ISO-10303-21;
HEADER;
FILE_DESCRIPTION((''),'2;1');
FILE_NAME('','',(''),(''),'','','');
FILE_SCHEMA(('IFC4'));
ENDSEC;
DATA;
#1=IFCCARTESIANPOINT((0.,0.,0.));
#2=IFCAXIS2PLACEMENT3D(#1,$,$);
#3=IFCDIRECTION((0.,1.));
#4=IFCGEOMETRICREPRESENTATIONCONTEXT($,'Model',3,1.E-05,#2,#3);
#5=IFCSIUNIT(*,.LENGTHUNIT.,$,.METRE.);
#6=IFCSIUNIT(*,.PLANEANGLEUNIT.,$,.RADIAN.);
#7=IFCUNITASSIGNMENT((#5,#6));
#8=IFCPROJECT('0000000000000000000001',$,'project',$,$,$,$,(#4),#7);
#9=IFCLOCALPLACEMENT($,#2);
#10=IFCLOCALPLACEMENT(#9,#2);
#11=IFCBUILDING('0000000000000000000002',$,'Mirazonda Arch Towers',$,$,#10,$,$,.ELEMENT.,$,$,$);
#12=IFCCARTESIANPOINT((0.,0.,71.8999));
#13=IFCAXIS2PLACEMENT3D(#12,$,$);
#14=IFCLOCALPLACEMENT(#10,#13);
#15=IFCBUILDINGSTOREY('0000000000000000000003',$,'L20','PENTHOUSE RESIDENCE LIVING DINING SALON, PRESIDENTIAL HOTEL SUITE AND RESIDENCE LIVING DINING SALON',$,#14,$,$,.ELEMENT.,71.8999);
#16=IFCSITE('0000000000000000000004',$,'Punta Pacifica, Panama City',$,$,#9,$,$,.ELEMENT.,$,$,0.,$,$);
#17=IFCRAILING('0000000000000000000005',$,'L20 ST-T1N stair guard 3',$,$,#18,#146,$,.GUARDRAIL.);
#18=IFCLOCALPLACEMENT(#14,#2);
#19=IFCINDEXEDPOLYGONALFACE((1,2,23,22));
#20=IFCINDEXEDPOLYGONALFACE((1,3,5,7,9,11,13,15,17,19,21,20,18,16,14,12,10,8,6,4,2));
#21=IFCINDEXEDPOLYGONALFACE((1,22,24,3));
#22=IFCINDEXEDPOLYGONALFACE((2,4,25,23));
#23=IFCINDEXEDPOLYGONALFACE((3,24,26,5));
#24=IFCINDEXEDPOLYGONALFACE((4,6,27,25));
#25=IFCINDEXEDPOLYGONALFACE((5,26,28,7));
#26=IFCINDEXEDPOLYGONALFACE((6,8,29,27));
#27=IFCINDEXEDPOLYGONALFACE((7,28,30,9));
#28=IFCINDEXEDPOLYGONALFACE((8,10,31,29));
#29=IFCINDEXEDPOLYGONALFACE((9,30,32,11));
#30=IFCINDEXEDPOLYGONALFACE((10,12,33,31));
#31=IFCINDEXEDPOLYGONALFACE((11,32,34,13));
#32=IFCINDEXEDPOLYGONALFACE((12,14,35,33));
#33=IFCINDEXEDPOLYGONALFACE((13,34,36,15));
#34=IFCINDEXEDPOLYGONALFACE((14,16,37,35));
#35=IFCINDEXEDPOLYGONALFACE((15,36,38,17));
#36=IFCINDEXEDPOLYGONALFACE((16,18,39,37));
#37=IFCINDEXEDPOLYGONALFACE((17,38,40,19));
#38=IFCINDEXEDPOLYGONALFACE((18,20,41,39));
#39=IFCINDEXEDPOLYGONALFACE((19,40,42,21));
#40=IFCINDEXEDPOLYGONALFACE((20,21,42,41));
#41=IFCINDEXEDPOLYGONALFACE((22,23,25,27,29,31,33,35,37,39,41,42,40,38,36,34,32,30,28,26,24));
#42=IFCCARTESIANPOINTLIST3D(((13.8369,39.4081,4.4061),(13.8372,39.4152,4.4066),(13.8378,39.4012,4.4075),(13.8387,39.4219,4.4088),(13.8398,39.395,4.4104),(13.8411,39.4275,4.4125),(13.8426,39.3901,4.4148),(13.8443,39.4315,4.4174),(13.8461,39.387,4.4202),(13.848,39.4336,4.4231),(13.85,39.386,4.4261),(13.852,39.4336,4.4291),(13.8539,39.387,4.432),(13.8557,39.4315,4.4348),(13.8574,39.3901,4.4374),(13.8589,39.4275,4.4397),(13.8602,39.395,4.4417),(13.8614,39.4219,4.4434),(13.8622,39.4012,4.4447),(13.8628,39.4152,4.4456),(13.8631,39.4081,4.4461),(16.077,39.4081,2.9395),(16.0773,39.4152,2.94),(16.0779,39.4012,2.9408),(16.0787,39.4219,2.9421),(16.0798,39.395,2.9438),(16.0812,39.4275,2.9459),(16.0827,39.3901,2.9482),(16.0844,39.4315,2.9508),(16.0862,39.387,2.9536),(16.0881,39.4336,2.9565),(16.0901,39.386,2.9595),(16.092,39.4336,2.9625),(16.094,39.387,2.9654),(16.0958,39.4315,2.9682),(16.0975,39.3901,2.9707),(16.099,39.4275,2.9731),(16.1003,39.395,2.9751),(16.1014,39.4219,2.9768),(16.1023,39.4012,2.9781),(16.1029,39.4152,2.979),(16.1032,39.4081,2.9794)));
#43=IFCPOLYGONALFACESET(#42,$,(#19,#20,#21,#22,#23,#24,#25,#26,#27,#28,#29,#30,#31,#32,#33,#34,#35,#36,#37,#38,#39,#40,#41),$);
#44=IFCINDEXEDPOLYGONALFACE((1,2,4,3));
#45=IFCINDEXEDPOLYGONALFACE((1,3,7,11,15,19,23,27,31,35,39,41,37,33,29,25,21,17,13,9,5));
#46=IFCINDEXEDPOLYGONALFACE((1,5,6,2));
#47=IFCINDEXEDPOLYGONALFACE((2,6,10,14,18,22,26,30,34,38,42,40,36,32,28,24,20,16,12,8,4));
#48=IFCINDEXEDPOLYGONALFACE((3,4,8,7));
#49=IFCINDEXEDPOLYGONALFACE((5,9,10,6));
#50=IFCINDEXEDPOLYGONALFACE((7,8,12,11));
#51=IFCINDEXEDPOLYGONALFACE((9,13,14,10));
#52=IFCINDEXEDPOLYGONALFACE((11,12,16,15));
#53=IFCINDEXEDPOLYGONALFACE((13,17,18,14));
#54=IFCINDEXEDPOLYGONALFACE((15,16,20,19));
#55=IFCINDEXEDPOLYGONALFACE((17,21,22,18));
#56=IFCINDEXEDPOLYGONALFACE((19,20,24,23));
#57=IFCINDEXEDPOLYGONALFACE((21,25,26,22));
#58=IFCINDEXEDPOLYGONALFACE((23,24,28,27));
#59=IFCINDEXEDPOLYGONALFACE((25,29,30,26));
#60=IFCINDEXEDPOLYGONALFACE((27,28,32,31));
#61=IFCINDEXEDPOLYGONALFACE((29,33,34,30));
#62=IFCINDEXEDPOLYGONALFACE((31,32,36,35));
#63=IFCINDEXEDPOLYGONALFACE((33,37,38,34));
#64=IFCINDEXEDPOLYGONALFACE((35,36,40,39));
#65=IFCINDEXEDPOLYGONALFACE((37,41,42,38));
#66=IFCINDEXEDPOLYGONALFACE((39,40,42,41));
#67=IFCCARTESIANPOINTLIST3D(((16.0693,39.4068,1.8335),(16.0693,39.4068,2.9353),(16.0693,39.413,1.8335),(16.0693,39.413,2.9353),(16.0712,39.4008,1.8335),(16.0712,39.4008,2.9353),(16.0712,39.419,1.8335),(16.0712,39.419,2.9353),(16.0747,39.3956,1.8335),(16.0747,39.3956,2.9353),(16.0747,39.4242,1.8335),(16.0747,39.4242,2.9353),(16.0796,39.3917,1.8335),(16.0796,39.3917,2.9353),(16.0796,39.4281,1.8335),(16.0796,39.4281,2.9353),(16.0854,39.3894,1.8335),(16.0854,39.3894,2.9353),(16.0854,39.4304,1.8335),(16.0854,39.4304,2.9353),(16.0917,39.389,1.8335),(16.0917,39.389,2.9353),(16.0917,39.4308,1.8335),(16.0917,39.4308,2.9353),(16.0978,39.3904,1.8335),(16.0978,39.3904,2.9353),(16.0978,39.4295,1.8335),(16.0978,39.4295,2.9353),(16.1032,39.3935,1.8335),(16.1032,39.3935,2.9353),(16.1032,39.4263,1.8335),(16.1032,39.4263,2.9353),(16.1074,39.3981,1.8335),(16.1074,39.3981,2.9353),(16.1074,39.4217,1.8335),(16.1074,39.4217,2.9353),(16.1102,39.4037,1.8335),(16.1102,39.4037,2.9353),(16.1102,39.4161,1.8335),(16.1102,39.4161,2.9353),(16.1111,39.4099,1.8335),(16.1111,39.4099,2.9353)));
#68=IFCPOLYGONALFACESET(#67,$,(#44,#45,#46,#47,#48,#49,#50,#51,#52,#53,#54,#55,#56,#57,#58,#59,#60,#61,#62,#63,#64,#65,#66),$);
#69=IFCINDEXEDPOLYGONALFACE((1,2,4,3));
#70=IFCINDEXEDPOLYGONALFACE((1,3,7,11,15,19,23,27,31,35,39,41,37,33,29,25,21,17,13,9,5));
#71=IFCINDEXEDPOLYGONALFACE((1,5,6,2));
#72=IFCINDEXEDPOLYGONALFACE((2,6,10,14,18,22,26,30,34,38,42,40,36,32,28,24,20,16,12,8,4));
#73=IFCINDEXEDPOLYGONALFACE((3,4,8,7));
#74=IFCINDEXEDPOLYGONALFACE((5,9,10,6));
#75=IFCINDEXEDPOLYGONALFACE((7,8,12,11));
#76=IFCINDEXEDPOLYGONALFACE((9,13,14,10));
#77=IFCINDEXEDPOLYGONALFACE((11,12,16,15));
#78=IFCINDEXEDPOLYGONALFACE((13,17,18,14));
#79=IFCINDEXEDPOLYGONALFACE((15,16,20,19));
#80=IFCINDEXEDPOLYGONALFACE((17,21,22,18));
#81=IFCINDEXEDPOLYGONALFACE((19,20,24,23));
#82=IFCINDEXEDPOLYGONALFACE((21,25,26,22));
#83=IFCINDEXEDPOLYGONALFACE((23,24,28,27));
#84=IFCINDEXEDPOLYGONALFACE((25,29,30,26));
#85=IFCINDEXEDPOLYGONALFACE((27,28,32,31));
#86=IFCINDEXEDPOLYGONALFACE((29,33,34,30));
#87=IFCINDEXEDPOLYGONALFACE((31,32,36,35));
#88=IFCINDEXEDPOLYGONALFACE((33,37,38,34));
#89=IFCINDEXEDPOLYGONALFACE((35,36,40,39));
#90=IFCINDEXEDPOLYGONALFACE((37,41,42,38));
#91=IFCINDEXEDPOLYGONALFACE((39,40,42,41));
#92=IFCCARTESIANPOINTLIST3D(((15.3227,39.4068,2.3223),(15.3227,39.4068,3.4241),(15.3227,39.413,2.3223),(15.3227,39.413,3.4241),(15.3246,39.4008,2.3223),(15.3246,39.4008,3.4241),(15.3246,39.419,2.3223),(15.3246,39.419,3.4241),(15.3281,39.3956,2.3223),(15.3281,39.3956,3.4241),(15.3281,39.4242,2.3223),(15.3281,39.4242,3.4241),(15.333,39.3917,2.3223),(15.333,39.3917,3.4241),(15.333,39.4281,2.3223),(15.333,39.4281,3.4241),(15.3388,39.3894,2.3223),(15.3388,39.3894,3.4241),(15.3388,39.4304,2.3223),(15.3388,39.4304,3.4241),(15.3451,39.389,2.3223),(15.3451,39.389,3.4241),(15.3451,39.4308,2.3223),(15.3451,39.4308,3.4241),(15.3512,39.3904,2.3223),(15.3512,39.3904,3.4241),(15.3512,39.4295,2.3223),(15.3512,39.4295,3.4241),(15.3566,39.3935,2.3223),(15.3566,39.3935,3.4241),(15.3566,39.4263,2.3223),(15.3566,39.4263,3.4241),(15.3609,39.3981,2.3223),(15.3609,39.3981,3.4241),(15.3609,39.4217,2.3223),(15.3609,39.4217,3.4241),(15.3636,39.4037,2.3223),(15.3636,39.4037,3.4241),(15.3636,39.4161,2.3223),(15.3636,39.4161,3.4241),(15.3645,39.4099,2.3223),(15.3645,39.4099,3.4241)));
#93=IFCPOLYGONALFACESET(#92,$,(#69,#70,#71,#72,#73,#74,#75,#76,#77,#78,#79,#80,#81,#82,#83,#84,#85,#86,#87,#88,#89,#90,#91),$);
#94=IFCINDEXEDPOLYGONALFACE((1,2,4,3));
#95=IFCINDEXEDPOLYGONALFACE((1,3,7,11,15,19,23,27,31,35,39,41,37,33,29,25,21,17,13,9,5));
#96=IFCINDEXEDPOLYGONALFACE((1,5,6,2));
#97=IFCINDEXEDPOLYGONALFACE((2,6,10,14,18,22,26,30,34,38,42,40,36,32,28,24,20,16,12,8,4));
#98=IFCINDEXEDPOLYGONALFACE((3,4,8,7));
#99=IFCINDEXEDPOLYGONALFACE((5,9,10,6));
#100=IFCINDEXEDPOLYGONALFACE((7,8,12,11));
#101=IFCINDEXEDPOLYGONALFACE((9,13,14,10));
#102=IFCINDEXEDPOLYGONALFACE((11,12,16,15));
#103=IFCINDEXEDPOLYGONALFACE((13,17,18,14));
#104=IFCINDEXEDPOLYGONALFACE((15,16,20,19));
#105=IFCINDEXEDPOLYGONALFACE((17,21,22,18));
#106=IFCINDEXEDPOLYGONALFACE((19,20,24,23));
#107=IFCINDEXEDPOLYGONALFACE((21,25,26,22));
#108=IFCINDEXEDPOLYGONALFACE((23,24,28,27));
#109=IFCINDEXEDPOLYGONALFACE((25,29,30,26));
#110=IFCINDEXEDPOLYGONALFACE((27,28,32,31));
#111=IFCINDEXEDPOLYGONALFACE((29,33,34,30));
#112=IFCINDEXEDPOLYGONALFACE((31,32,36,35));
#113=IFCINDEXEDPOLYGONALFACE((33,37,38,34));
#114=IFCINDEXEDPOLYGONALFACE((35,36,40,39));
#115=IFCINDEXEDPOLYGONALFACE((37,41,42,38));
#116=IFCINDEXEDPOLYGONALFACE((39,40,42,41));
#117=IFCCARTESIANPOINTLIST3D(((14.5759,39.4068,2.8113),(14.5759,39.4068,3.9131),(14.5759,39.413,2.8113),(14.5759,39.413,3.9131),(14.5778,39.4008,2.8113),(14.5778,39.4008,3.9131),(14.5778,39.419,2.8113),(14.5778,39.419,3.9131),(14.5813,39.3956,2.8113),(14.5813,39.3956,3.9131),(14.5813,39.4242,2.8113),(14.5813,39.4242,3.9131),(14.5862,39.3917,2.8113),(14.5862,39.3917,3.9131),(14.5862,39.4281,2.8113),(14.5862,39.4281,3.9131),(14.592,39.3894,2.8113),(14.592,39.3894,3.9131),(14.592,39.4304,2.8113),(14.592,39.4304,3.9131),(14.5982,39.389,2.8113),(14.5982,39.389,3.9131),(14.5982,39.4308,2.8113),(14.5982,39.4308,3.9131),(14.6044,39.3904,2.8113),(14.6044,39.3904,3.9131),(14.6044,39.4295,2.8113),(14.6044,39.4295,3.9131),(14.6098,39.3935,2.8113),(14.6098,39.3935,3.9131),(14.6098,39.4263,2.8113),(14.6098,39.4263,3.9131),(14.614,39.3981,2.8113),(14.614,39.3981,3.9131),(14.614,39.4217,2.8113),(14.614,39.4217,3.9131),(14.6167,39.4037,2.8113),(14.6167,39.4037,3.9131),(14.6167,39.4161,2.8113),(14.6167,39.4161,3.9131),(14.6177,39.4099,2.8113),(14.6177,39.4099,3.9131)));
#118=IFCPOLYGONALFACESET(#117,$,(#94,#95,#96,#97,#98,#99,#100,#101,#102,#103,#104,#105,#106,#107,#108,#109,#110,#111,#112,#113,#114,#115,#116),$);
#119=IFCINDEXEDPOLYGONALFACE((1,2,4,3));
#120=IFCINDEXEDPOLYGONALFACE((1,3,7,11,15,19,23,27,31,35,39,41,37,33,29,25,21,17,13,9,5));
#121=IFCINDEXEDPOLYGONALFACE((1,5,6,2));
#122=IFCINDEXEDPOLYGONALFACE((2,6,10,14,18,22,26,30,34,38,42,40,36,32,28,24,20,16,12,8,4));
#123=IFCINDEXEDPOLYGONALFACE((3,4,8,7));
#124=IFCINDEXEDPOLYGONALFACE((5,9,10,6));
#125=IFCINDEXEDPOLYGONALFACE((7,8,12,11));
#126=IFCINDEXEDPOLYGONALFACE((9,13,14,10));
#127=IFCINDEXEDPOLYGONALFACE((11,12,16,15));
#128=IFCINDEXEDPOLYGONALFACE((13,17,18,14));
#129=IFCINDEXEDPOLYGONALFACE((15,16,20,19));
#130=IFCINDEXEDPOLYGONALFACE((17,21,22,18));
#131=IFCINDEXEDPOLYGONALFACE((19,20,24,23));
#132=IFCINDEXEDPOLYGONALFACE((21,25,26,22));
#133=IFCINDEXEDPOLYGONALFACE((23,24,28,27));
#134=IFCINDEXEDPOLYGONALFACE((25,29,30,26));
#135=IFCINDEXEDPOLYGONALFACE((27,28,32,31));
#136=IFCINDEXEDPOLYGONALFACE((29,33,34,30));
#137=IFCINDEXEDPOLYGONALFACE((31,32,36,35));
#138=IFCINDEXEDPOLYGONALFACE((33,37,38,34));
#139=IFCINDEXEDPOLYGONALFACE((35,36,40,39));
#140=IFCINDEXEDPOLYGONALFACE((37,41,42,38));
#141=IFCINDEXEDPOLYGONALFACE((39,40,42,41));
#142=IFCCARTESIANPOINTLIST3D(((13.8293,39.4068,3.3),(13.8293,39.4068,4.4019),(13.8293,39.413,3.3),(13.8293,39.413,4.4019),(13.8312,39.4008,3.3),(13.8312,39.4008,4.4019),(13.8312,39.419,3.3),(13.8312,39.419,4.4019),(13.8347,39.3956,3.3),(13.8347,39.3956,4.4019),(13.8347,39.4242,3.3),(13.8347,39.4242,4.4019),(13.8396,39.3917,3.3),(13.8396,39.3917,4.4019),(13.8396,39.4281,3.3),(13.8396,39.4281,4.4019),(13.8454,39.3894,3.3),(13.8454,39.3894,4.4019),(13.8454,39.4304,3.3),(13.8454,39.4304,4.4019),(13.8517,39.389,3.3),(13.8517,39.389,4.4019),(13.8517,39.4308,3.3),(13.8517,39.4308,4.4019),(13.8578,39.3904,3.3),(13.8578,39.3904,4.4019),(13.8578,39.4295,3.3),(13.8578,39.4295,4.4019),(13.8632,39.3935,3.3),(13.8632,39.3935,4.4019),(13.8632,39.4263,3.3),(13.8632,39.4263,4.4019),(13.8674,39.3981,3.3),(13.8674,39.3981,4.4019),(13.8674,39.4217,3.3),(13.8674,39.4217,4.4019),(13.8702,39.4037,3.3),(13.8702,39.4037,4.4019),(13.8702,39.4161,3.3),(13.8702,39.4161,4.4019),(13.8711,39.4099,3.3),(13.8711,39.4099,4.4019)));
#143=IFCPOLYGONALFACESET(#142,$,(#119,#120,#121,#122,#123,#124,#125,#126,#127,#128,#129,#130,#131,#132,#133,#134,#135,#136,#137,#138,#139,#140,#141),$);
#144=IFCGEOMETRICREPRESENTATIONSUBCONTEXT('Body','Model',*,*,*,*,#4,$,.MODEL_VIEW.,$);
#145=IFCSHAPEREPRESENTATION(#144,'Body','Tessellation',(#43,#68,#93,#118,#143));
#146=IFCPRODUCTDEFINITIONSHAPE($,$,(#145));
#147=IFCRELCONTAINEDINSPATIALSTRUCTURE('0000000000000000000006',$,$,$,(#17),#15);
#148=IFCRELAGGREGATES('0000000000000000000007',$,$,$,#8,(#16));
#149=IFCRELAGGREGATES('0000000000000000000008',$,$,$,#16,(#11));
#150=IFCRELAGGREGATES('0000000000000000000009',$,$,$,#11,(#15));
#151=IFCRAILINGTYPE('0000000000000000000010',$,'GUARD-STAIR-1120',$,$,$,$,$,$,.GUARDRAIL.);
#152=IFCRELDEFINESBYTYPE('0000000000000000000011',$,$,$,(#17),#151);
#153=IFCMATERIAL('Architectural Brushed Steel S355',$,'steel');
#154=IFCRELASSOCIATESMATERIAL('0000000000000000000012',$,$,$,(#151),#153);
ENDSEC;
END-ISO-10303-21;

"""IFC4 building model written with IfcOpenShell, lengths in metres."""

from ifc_helpers import new_model, si_unit, direction, frame, origin, origin_2d, place, context, subcontext, project, spatial, circle, extrude, material, type_object, element, save


model = new_model("IFC4")

# Units and contexts
model_context = context("Model", 3, precision=1e-05, world=origin(), true_north=direction((0.0, 1.0)))
body_context = subcontext(model_context, "Body", "Model", "MODEL_VIEW")
ifc_project = project(units=[si_unit("LENGTHUNIT", "METRE"), si_unit("PLANEANGLEUNIT", "RADIAN")], contexts=[model_context])

# Site, building, storey
site_placement = place(None, origin())
site = spatial("IfcSite", under=ifc_project, at=site_placement, Name="Punta Pacifica, Panama City", CompositionType="ELEMENT", RefElevation=0.0)
building_placement = place(site_placement, origin())
building = spatial("IfcBuilding", under=site, at=building_placement, Name="Mirazonda Arch Towers", CompositionType="ELEMENT")
storey_placement = place(building_placement, frame((0.0, 0.0, 71.8999)))
storey = spatial("IfcBuildingStorey", under=building, at=storey_placement, Name="L20", Description="PENTHOUSE RESIDENCE LIVING DINING SALON, PRESIDENTIAL HOTEL SUITE AND RESIDENCE LIVING DINING SALON", CompositionType="ELEMENT", Elevation=71.8999)

# Shared definitions
ifc_material_1 = material(Name="Architectural Brushed Steel S355", Category="steel")

# Railing
railing_type_1 = type_object("IfcRailingType", Name="GUARD-STAIR-1120", PredefinedType="GUARDRAIL", material=ifc_material_1)
railing_1_placement = place(storey_placement, frame((16.0901, 39.4099, 1.8335)))
element("IfcRailing", 1, at=railing_1_placement, inside=storey, type_object=railing_type_1, Name="L20 ST-T1N stair guard 3", PredefinedType="GUARDRAIL", context=body_context, shape_type="SweptSolid", body=[
    extrude(circle(Radius=0.0239, at=origin_2d()), frame((0.0, 0.0, 1.126), z_axis=(-0.836637, 0.0, 0.547758), x_axis=(0.0, -1.0, 0.0)), (0.0, 0.0, 1.0), 2.6775),
    extrude(circle(Radius=0.021, at=origin_2d()), origin(), (0.0, 0.0, 1.0), 1.1018),
    extrude(circle(Radius=0.021, at=origin_2d()), frame((-0.7466, 0.0, 0.4888)), (0.0, 0.0, 1.0), 1.1018),
    extrude(circle(Radius=0.021, at=origin_2d()), frame((-1.4934, 0.0, 0.9778)), (0.0, 0.0, 1.0), 1.1018),
    extrude(circle(Radius=0.021, at=origin_2d()), frame((-2.24, 0.0, 1.4666)), (0.0, 0.0, 1.0), 1.1018),
])

save(model, "model.ifc")
